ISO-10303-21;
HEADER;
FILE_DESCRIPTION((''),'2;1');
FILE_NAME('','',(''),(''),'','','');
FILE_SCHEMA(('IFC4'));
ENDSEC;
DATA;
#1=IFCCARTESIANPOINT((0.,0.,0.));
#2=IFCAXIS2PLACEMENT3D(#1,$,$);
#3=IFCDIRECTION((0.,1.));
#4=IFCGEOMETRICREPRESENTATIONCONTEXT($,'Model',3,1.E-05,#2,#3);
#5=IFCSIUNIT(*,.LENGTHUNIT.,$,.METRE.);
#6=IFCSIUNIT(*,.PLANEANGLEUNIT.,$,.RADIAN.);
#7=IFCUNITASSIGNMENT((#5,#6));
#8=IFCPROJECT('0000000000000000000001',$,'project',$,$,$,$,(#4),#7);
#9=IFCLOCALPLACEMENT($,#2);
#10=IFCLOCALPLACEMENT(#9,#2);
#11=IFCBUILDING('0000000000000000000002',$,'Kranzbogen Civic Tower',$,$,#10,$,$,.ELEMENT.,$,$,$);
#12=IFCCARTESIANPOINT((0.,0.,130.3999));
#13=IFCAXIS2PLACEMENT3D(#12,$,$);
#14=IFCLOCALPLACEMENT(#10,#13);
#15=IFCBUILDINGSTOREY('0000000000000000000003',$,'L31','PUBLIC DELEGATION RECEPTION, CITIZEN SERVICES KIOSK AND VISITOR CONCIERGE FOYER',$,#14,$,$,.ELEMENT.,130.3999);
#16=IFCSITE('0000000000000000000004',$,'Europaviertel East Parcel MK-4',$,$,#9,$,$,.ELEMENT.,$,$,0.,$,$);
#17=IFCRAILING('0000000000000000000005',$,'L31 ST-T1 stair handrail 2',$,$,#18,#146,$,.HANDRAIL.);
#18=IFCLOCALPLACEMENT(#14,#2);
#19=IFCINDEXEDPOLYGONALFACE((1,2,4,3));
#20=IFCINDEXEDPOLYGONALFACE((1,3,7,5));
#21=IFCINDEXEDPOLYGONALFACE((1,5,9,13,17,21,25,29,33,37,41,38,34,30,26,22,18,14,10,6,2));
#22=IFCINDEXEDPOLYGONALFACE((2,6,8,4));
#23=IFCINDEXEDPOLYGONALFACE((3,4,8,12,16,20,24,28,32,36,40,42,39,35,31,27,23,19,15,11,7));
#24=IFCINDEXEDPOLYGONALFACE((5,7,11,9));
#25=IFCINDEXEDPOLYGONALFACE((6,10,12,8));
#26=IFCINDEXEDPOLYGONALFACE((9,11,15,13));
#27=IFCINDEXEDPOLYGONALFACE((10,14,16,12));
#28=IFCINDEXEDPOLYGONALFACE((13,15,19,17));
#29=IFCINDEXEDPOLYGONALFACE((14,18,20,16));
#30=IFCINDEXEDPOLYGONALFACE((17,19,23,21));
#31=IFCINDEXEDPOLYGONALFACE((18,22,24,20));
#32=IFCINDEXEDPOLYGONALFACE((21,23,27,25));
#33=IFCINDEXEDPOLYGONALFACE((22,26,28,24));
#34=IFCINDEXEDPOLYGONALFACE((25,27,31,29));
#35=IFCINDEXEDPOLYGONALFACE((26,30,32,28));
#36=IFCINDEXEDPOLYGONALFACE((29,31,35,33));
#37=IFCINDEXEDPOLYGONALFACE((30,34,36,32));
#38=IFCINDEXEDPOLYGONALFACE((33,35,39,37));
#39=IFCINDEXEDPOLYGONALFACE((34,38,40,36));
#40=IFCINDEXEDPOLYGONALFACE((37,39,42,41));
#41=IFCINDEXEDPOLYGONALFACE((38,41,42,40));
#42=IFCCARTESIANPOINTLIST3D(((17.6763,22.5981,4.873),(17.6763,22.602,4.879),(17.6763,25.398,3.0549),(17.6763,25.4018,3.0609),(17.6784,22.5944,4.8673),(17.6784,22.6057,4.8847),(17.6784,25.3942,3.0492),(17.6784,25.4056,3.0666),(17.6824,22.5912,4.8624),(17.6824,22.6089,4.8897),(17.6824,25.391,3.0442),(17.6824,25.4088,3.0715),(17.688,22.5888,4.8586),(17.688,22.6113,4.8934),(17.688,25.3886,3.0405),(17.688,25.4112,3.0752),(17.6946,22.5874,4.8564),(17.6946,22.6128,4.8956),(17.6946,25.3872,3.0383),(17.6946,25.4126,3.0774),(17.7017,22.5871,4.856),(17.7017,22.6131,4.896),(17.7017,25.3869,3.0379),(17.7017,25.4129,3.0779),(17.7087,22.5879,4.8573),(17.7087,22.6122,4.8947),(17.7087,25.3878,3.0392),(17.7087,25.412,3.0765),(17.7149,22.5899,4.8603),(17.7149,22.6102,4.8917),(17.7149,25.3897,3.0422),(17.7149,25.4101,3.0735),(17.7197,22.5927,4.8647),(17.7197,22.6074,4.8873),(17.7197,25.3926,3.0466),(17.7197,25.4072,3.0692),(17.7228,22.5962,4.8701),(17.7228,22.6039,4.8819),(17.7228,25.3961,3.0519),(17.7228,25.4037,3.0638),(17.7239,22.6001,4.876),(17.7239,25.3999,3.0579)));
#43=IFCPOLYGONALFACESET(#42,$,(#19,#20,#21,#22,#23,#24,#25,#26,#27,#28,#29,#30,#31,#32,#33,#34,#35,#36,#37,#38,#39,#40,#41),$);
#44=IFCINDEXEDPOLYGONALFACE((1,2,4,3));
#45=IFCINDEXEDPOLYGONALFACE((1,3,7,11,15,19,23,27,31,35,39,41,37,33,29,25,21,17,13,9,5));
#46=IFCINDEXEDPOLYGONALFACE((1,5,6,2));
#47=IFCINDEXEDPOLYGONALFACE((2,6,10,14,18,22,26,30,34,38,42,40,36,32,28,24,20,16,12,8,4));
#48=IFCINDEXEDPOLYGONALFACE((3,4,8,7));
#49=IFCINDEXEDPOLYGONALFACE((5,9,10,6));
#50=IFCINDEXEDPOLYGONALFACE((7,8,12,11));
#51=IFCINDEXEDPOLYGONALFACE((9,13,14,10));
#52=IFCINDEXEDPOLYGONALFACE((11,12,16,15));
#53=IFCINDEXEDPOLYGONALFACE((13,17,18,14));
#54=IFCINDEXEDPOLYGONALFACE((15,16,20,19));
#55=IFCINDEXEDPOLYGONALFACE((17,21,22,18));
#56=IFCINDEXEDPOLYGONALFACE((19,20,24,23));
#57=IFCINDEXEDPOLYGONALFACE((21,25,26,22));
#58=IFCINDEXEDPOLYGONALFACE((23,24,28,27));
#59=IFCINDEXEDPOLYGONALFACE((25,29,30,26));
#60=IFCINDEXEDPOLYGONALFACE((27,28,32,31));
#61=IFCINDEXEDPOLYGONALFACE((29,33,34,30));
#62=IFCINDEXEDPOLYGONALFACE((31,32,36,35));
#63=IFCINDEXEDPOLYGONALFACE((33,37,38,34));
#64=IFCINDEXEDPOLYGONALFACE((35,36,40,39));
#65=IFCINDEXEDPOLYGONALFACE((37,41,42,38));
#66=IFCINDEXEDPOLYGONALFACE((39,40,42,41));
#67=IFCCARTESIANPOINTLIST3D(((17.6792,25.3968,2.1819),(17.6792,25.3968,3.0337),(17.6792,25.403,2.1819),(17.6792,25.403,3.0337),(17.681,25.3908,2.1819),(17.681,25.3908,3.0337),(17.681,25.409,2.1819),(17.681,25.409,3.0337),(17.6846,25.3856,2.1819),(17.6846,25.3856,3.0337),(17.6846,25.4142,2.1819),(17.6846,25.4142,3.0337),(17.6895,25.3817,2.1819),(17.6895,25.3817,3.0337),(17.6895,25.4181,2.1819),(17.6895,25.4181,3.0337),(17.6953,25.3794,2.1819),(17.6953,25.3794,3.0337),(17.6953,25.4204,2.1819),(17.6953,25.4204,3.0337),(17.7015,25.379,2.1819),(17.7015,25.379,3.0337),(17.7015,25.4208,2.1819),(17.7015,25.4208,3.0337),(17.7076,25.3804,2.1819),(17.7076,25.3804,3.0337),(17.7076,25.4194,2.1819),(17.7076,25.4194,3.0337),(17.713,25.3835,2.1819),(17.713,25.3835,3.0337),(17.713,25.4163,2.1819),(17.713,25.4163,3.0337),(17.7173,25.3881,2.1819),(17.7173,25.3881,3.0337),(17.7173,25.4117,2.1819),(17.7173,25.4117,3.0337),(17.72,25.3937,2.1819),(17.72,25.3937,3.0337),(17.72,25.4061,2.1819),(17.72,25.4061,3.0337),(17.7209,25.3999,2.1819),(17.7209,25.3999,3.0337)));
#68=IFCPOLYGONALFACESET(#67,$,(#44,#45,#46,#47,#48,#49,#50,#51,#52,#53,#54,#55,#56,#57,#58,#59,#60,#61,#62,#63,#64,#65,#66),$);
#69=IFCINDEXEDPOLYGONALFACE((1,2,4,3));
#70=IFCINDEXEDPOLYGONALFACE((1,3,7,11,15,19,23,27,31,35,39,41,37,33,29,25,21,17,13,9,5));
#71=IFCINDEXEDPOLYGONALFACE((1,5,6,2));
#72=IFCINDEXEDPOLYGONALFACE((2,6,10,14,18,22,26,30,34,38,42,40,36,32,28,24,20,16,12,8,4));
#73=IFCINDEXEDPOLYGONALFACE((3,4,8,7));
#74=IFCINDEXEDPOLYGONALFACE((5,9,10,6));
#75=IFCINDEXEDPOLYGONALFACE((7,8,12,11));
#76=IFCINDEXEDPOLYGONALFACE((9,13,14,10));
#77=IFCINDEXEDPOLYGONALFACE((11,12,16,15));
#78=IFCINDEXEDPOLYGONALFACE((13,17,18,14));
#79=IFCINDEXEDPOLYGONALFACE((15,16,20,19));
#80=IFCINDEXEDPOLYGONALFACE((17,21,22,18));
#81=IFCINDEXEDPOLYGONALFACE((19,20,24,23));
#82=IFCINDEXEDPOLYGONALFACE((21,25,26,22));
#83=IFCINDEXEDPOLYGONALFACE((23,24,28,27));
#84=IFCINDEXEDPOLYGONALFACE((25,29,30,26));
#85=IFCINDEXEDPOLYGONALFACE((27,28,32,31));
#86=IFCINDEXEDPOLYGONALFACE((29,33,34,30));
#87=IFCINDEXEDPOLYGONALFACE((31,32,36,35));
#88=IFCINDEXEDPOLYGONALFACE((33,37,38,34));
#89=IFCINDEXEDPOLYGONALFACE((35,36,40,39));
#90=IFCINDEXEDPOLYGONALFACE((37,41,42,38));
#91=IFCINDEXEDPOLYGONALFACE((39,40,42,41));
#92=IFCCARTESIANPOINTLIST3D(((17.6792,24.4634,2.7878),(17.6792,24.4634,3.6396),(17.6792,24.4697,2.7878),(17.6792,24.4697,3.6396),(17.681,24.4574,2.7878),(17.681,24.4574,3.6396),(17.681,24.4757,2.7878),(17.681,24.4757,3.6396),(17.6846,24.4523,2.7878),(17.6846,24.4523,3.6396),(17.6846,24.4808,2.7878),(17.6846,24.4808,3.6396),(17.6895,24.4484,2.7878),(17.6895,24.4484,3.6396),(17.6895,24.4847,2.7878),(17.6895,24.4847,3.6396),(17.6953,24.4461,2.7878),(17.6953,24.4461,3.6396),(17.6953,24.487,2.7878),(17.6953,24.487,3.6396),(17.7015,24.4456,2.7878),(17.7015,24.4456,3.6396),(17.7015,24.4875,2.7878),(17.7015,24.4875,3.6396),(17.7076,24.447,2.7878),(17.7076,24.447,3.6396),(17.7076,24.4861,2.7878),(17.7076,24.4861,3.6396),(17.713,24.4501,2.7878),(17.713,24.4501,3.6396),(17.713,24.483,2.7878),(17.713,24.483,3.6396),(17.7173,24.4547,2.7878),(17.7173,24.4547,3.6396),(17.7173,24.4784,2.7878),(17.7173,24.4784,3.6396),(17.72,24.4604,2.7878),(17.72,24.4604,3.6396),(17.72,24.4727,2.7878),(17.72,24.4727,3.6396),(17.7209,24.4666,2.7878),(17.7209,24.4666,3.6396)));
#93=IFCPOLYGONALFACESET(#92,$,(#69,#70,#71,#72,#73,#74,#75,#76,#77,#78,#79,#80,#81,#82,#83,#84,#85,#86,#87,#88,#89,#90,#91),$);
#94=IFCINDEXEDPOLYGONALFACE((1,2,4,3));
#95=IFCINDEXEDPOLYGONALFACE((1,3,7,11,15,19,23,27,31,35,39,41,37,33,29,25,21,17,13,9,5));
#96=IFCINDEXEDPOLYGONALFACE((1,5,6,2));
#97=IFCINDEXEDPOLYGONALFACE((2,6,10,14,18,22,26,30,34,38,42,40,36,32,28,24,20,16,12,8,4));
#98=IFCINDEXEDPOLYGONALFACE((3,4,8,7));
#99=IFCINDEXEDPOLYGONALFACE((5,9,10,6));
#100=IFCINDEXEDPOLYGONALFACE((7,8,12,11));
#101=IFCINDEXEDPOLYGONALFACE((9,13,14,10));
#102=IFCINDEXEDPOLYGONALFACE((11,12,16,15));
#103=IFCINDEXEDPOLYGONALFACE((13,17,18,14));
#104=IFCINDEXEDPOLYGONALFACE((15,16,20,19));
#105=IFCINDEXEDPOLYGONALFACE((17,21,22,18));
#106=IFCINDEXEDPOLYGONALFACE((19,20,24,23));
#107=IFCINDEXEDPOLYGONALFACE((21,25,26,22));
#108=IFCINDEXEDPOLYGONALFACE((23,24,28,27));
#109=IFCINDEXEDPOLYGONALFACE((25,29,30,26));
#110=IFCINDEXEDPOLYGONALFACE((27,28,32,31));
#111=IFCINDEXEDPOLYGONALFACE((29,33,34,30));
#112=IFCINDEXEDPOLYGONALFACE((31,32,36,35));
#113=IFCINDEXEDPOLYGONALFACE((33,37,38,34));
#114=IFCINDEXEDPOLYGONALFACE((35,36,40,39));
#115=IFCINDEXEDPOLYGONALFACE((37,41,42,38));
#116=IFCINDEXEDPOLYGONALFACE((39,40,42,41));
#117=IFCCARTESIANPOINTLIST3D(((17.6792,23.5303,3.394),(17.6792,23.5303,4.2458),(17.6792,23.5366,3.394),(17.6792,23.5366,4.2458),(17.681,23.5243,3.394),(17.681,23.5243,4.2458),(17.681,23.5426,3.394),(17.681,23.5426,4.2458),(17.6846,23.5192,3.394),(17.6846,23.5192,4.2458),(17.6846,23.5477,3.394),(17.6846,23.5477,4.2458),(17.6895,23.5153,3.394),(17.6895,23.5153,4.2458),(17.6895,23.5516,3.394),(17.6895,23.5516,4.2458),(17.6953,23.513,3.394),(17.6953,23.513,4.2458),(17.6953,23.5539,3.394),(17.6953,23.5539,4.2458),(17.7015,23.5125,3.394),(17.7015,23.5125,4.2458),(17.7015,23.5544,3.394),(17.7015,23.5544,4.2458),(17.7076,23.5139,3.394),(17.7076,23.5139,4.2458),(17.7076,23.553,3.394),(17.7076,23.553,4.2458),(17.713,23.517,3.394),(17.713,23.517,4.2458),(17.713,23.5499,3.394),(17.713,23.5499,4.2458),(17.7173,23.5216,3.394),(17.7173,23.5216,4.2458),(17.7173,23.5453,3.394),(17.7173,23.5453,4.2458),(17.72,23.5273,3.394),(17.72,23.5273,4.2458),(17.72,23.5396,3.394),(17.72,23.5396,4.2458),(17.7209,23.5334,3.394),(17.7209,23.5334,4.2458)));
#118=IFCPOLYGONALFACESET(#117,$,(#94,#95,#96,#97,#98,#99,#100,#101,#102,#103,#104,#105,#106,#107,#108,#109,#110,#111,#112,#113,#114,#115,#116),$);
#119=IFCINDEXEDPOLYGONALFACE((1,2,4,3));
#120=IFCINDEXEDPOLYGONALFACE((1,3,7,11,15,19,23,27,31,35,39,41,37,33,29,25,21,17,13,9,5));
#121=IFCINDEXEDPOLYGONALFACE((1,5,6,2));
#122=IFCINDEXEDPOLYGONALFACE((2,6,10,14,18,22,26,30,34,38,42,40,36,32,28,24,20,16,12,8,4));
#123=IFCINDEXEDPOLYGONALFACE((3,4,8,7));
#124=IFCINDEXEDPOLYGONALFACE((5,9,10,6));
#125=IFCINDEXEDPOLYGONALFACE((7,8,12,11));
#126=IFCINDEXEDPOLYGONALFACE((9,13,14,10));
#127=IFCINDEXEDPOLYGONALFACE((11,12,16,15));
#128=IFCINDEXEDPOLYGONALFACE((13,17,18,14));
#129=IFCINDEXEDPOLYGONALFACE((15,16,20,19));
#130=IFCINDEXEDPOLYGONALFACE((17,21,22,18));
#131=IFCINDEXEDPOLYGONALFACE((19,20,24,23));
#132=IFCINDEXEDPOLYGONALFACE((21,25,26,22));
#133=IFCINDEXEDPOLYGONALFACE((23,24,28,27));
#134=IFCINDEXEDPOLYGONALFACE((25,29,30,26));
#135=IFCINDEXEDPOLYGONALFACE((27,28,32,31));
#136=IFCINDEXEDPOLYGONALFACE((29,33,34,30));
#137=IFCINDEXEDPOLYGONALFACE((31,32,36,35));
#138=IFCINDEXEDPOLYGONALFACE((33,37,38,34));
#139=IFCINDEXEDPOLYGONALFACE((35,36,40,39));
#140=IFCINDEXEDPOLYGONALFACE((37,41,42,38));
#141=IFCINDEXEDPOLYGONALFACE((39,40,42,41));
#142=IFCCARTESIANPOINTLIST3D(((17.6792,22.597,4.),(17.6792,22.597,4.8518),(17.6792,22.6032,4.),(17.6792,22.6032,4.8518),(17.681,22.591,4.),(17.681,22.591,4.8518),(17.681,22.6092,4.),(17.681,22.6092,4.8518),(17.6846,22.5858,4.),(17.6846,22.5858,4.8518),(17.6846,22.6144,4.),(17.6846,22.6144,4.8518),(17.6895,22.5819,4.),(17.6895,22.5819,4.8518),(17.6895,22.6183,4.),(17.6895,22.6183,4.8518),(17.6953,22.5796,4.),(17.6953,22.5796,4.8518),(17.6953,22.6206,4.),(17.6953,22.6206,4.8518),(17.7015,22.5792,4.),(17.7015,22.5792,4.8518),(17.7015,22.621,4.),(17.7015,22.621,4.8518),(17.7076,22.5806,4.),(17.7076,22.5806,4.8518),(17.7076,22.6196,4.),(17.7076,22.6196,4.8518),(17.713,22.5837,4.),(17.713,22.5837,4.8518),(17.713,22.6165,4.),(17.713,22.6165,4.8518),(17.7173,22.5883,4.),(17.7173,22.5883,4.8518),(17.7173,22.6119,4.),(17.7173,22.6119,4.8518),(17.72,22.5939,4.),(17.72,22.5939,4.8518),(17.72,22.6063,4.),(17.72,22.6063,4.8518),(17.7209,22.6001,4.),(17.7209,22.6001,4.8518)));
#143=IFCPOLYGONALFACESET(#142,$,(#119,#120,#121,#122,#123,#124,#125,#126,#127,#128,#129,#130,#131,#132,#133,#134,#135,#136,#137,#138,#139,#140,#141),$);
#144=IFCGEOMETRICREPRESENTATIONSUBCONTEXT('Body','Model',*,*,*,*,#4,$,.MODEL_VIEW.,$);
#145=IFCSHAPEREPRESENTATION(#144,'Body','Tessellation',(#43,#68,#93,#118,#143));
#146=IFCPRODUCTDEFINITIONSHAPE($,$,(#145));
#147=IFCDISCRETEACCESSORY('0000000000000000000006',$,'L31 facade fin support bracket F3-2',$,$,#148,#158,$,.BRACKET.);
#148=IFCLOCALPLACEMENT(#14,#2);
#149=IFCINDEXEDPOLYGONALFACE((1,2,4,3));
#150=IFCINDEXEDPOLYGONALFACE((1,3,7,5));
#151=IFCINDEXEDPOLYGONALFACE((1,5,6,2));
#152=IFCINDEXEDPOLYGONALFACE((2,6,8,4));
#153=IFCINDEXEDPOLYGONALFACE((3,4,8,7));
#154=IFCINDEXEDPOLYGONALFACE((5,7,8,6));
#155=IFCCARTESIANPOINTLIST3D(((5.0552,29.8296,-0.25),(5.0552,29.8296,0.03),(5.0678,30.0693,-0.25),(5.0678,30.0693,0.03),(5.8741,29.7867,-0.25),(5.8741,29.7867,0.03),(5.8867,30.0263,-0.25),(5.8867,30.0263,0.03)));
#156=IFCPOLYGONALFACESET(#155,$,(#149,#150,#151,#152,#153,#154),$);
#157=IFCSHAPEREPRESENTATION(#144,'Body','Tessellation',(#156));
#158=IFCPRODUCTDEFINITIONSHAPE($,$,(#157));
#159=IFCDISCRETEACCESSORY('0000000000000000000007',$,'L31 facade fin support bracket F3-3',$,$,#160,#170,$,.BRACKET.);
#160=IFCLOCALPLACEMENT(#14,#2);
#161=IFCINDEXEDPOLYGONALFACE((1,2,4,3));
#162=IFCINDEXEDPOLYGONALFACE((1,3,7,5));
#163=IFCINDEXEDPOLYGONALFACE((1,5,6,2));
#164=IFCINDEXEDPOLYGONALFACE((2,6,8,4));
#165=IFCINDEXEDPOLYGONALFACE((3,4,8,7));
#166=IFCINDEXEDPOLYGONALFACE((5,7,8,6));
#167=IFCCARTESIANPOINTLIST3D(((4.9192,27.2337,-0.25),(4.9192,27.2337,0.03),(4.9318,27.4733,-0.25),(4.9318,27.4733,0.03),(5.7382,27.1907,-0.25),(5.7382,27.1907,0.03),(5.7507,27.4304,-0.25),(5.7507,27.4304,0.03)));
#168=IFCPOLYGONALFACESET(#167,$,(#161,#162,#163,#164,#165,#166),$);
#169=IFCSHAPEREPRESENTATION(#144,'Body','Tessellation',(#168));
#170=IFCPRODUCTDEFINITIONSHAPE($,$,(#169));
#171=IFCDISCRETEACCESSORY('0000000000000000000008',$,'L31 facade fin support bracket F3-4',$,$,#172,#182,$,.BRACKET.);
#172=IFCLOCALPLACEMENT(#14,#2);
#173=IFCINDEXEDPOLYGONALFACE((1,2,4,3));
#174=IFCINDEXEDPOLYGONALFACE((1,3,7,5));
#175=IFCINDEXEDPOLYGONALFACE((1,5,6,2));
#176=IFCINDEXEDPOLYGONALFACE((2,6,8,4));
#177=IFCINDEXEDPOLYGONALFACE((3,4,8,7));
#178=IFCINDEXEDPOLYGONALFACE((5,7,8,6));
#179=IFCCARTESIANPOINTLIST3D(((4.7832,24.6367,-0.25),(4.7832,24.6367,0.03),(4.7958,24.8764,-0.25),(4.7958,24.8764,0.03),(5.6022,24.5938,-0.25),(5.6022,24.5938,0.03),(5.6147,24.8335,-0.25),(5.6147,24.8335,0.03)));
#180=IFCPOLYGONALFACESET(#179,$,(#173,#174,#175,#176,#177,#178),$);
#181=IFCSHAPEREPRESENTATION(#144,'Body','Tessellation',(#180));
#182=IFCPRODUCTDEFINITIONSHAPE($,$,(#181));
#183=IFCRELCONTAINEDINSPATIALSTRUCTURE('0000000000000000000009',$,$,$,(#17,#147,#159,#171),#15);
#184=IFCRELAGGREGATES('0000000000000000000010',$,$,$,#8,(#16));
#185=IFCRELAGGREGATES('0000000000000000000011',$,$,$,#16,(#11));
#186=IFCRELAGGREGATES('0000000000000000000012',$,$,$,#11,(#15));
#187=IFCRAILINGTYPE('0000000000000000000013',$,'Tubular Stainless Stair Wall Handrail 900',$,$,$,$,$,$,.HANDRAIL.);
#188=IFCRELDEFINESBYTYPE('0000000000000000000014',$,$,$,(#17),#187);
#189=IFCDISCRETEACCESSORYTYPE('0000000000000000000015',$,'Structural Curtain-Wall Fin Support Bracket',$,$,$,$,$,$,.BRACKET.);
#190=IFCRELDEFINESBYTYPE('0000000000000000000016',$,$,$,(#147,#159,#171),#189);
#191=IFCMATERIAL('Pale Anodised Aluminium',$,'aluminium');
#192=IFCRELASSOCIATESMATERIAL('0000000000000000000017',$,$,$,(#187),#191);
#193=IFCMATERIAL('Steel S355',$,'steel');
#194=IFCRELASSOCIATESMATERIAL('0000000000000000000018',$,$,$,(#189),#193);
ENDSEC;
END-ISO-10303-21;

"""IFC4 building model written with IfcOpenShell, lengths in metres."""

from ifc_helpers import new_model, si_unit, direction, frame, origin, origin_2d, place, context, subcontext, project, spatial, rectangle, circle, extrude, material, type_object, element, save


model = new_model("IFC4")

# Units and contexts
model_context = context("Model", 3, precision=1e-05, world=origin(), true_north=direction((0.0, 1.0)))
body_context = subcontext(model_context, "Body", "Model", "MODEL_VIEW")
ifc_project = project(units=[si_unit("LENGTHUNIT", "METRE"), si_unit("PLANEANGLEUNIT", "RADIAN")], contexts=[model_context])

# Site, building, storey
site_placement = place(None, origin())
site = spatial("IfcSite", under=ifc_project, at=site_placement, Name="Europaviertel East Parcel MK-4", CompositionType="ELEMENT", RefElevation=0.0)
building_placement = place(site_placement, origin())
building = spatial("IfcBuilding", under=site, at=building_placement, Name="Kranzbogen Civic Tower", CompositionType="ELEMENT")
storey_placement = place(building_placement, frame((0.0, 0.0, 130.3999)))
storey = spatial("IfcBuildingStorey", under=building, at=storey_placement, Name="L31", Description="PUBLIC DELEGATION RECEPTION, CITIZEN SERVICES KIOSK AND VISITOR CONCIERGE FOYER", CompositionType="ELEMENT", Elevation=130.3999)

# Shared definitions
ifc_material_1 = material(Name="Pale Anodised Aluminium", Category="aluminium")

# Shared definitions
ifc_material_2 = material(Name="Steel S355", Category="steel")

# Railing
railing_type_1 = type_object("IfcRailingType", Name="Tubular Stainless Stair Wall Handrail 900", PredefinedType="HANDRAIL", material=ifc_material_1)
railing_1_placement = place(storey_placement, frame((17.7, 25.3999, 2.1819)))
element("IfcRailing", 1, at=railing_1_placement, inside=storey, type_object=railing_type_1, Name="L31 ST-T1 stair handrail 2", PredefinedType="HANDRAIL", context=body_context, shape_type="SweptSolid", body=[
    extrude(circle(Radius=0.0239, at=origin_2d()), frame((0.0, 0.0, 0.876), z_axis=(0.0, -0.838684, 0.544618), x_axis=(1.0, 0.0, 0.0)), (0.0, 0.0, 1.0), 3.3384),
    extrude(circle(Radius=0.021, at=origin_2d()), origin(), (0.0, 0.0, 1.0), 0.8518),
    extrude(circle(Radius=0.021, at=origin_2d()), frame((0.0, -0.9333, 0.606)), (0.0, 0.0, 1.0), 0.8518),
    extrude(circle(Radius=0.021, at=origin_2d()), frame((0.0, -1.8665, 1.2122)), (0.0, 0.0, 1.0), 0.8518),
    extrude(circle(Radius=0.021, at=origin_2d()), frame((0.0, -2.7998, 1.8181)), (0.0, 0.0, 1.0), 0.8518),
])

# Discrete accessories
discrete_accessory_type = type_object("IfcDiscreteAccessoryType", Name="Structural Curtain-Wall Fin Support Bracket", PredefinedType="BRACKET", material=ifc_material_2)
for number, where, z_axis, x_axis, name in (
    (2, (5.4709, 29.928, -0.25), (0.0, 0.0, 1.0), (-0.99863, 0.052336, 0.0), "L31 facade fin support bracket F3-2"),
    (3, (5.335, 27.332, -0.25), (0.0, 0.0, 1.0), (-0.99863, 0.052336, 0.0), "L31 facade fin support bracket F3-3"),
    (4, (5.199, 24.7351, -0.25), (0.0, 0.0, 1.0), (-0.99863, 0.052336, 0.0), "L31 facade fin support bracket F3-4"),
):
    element("IfcDiscreteAccessory", number, at=place(storey_placement, frame(where, z_axis=z_axis, x_axis=x_axis)), inside=storey, type_object=discrete_accessory_type, Name=name, PredefinedType="BRACKET", context=body_context, shape_type="SweptSolid", body=[
        extrude(rectangle(XDim=0.8201, YDim=0.24, at=origin_2d()), origin(), (0.0, 0.0, 1.0), 0.28),
    ])

save(model, "model.ifc")
